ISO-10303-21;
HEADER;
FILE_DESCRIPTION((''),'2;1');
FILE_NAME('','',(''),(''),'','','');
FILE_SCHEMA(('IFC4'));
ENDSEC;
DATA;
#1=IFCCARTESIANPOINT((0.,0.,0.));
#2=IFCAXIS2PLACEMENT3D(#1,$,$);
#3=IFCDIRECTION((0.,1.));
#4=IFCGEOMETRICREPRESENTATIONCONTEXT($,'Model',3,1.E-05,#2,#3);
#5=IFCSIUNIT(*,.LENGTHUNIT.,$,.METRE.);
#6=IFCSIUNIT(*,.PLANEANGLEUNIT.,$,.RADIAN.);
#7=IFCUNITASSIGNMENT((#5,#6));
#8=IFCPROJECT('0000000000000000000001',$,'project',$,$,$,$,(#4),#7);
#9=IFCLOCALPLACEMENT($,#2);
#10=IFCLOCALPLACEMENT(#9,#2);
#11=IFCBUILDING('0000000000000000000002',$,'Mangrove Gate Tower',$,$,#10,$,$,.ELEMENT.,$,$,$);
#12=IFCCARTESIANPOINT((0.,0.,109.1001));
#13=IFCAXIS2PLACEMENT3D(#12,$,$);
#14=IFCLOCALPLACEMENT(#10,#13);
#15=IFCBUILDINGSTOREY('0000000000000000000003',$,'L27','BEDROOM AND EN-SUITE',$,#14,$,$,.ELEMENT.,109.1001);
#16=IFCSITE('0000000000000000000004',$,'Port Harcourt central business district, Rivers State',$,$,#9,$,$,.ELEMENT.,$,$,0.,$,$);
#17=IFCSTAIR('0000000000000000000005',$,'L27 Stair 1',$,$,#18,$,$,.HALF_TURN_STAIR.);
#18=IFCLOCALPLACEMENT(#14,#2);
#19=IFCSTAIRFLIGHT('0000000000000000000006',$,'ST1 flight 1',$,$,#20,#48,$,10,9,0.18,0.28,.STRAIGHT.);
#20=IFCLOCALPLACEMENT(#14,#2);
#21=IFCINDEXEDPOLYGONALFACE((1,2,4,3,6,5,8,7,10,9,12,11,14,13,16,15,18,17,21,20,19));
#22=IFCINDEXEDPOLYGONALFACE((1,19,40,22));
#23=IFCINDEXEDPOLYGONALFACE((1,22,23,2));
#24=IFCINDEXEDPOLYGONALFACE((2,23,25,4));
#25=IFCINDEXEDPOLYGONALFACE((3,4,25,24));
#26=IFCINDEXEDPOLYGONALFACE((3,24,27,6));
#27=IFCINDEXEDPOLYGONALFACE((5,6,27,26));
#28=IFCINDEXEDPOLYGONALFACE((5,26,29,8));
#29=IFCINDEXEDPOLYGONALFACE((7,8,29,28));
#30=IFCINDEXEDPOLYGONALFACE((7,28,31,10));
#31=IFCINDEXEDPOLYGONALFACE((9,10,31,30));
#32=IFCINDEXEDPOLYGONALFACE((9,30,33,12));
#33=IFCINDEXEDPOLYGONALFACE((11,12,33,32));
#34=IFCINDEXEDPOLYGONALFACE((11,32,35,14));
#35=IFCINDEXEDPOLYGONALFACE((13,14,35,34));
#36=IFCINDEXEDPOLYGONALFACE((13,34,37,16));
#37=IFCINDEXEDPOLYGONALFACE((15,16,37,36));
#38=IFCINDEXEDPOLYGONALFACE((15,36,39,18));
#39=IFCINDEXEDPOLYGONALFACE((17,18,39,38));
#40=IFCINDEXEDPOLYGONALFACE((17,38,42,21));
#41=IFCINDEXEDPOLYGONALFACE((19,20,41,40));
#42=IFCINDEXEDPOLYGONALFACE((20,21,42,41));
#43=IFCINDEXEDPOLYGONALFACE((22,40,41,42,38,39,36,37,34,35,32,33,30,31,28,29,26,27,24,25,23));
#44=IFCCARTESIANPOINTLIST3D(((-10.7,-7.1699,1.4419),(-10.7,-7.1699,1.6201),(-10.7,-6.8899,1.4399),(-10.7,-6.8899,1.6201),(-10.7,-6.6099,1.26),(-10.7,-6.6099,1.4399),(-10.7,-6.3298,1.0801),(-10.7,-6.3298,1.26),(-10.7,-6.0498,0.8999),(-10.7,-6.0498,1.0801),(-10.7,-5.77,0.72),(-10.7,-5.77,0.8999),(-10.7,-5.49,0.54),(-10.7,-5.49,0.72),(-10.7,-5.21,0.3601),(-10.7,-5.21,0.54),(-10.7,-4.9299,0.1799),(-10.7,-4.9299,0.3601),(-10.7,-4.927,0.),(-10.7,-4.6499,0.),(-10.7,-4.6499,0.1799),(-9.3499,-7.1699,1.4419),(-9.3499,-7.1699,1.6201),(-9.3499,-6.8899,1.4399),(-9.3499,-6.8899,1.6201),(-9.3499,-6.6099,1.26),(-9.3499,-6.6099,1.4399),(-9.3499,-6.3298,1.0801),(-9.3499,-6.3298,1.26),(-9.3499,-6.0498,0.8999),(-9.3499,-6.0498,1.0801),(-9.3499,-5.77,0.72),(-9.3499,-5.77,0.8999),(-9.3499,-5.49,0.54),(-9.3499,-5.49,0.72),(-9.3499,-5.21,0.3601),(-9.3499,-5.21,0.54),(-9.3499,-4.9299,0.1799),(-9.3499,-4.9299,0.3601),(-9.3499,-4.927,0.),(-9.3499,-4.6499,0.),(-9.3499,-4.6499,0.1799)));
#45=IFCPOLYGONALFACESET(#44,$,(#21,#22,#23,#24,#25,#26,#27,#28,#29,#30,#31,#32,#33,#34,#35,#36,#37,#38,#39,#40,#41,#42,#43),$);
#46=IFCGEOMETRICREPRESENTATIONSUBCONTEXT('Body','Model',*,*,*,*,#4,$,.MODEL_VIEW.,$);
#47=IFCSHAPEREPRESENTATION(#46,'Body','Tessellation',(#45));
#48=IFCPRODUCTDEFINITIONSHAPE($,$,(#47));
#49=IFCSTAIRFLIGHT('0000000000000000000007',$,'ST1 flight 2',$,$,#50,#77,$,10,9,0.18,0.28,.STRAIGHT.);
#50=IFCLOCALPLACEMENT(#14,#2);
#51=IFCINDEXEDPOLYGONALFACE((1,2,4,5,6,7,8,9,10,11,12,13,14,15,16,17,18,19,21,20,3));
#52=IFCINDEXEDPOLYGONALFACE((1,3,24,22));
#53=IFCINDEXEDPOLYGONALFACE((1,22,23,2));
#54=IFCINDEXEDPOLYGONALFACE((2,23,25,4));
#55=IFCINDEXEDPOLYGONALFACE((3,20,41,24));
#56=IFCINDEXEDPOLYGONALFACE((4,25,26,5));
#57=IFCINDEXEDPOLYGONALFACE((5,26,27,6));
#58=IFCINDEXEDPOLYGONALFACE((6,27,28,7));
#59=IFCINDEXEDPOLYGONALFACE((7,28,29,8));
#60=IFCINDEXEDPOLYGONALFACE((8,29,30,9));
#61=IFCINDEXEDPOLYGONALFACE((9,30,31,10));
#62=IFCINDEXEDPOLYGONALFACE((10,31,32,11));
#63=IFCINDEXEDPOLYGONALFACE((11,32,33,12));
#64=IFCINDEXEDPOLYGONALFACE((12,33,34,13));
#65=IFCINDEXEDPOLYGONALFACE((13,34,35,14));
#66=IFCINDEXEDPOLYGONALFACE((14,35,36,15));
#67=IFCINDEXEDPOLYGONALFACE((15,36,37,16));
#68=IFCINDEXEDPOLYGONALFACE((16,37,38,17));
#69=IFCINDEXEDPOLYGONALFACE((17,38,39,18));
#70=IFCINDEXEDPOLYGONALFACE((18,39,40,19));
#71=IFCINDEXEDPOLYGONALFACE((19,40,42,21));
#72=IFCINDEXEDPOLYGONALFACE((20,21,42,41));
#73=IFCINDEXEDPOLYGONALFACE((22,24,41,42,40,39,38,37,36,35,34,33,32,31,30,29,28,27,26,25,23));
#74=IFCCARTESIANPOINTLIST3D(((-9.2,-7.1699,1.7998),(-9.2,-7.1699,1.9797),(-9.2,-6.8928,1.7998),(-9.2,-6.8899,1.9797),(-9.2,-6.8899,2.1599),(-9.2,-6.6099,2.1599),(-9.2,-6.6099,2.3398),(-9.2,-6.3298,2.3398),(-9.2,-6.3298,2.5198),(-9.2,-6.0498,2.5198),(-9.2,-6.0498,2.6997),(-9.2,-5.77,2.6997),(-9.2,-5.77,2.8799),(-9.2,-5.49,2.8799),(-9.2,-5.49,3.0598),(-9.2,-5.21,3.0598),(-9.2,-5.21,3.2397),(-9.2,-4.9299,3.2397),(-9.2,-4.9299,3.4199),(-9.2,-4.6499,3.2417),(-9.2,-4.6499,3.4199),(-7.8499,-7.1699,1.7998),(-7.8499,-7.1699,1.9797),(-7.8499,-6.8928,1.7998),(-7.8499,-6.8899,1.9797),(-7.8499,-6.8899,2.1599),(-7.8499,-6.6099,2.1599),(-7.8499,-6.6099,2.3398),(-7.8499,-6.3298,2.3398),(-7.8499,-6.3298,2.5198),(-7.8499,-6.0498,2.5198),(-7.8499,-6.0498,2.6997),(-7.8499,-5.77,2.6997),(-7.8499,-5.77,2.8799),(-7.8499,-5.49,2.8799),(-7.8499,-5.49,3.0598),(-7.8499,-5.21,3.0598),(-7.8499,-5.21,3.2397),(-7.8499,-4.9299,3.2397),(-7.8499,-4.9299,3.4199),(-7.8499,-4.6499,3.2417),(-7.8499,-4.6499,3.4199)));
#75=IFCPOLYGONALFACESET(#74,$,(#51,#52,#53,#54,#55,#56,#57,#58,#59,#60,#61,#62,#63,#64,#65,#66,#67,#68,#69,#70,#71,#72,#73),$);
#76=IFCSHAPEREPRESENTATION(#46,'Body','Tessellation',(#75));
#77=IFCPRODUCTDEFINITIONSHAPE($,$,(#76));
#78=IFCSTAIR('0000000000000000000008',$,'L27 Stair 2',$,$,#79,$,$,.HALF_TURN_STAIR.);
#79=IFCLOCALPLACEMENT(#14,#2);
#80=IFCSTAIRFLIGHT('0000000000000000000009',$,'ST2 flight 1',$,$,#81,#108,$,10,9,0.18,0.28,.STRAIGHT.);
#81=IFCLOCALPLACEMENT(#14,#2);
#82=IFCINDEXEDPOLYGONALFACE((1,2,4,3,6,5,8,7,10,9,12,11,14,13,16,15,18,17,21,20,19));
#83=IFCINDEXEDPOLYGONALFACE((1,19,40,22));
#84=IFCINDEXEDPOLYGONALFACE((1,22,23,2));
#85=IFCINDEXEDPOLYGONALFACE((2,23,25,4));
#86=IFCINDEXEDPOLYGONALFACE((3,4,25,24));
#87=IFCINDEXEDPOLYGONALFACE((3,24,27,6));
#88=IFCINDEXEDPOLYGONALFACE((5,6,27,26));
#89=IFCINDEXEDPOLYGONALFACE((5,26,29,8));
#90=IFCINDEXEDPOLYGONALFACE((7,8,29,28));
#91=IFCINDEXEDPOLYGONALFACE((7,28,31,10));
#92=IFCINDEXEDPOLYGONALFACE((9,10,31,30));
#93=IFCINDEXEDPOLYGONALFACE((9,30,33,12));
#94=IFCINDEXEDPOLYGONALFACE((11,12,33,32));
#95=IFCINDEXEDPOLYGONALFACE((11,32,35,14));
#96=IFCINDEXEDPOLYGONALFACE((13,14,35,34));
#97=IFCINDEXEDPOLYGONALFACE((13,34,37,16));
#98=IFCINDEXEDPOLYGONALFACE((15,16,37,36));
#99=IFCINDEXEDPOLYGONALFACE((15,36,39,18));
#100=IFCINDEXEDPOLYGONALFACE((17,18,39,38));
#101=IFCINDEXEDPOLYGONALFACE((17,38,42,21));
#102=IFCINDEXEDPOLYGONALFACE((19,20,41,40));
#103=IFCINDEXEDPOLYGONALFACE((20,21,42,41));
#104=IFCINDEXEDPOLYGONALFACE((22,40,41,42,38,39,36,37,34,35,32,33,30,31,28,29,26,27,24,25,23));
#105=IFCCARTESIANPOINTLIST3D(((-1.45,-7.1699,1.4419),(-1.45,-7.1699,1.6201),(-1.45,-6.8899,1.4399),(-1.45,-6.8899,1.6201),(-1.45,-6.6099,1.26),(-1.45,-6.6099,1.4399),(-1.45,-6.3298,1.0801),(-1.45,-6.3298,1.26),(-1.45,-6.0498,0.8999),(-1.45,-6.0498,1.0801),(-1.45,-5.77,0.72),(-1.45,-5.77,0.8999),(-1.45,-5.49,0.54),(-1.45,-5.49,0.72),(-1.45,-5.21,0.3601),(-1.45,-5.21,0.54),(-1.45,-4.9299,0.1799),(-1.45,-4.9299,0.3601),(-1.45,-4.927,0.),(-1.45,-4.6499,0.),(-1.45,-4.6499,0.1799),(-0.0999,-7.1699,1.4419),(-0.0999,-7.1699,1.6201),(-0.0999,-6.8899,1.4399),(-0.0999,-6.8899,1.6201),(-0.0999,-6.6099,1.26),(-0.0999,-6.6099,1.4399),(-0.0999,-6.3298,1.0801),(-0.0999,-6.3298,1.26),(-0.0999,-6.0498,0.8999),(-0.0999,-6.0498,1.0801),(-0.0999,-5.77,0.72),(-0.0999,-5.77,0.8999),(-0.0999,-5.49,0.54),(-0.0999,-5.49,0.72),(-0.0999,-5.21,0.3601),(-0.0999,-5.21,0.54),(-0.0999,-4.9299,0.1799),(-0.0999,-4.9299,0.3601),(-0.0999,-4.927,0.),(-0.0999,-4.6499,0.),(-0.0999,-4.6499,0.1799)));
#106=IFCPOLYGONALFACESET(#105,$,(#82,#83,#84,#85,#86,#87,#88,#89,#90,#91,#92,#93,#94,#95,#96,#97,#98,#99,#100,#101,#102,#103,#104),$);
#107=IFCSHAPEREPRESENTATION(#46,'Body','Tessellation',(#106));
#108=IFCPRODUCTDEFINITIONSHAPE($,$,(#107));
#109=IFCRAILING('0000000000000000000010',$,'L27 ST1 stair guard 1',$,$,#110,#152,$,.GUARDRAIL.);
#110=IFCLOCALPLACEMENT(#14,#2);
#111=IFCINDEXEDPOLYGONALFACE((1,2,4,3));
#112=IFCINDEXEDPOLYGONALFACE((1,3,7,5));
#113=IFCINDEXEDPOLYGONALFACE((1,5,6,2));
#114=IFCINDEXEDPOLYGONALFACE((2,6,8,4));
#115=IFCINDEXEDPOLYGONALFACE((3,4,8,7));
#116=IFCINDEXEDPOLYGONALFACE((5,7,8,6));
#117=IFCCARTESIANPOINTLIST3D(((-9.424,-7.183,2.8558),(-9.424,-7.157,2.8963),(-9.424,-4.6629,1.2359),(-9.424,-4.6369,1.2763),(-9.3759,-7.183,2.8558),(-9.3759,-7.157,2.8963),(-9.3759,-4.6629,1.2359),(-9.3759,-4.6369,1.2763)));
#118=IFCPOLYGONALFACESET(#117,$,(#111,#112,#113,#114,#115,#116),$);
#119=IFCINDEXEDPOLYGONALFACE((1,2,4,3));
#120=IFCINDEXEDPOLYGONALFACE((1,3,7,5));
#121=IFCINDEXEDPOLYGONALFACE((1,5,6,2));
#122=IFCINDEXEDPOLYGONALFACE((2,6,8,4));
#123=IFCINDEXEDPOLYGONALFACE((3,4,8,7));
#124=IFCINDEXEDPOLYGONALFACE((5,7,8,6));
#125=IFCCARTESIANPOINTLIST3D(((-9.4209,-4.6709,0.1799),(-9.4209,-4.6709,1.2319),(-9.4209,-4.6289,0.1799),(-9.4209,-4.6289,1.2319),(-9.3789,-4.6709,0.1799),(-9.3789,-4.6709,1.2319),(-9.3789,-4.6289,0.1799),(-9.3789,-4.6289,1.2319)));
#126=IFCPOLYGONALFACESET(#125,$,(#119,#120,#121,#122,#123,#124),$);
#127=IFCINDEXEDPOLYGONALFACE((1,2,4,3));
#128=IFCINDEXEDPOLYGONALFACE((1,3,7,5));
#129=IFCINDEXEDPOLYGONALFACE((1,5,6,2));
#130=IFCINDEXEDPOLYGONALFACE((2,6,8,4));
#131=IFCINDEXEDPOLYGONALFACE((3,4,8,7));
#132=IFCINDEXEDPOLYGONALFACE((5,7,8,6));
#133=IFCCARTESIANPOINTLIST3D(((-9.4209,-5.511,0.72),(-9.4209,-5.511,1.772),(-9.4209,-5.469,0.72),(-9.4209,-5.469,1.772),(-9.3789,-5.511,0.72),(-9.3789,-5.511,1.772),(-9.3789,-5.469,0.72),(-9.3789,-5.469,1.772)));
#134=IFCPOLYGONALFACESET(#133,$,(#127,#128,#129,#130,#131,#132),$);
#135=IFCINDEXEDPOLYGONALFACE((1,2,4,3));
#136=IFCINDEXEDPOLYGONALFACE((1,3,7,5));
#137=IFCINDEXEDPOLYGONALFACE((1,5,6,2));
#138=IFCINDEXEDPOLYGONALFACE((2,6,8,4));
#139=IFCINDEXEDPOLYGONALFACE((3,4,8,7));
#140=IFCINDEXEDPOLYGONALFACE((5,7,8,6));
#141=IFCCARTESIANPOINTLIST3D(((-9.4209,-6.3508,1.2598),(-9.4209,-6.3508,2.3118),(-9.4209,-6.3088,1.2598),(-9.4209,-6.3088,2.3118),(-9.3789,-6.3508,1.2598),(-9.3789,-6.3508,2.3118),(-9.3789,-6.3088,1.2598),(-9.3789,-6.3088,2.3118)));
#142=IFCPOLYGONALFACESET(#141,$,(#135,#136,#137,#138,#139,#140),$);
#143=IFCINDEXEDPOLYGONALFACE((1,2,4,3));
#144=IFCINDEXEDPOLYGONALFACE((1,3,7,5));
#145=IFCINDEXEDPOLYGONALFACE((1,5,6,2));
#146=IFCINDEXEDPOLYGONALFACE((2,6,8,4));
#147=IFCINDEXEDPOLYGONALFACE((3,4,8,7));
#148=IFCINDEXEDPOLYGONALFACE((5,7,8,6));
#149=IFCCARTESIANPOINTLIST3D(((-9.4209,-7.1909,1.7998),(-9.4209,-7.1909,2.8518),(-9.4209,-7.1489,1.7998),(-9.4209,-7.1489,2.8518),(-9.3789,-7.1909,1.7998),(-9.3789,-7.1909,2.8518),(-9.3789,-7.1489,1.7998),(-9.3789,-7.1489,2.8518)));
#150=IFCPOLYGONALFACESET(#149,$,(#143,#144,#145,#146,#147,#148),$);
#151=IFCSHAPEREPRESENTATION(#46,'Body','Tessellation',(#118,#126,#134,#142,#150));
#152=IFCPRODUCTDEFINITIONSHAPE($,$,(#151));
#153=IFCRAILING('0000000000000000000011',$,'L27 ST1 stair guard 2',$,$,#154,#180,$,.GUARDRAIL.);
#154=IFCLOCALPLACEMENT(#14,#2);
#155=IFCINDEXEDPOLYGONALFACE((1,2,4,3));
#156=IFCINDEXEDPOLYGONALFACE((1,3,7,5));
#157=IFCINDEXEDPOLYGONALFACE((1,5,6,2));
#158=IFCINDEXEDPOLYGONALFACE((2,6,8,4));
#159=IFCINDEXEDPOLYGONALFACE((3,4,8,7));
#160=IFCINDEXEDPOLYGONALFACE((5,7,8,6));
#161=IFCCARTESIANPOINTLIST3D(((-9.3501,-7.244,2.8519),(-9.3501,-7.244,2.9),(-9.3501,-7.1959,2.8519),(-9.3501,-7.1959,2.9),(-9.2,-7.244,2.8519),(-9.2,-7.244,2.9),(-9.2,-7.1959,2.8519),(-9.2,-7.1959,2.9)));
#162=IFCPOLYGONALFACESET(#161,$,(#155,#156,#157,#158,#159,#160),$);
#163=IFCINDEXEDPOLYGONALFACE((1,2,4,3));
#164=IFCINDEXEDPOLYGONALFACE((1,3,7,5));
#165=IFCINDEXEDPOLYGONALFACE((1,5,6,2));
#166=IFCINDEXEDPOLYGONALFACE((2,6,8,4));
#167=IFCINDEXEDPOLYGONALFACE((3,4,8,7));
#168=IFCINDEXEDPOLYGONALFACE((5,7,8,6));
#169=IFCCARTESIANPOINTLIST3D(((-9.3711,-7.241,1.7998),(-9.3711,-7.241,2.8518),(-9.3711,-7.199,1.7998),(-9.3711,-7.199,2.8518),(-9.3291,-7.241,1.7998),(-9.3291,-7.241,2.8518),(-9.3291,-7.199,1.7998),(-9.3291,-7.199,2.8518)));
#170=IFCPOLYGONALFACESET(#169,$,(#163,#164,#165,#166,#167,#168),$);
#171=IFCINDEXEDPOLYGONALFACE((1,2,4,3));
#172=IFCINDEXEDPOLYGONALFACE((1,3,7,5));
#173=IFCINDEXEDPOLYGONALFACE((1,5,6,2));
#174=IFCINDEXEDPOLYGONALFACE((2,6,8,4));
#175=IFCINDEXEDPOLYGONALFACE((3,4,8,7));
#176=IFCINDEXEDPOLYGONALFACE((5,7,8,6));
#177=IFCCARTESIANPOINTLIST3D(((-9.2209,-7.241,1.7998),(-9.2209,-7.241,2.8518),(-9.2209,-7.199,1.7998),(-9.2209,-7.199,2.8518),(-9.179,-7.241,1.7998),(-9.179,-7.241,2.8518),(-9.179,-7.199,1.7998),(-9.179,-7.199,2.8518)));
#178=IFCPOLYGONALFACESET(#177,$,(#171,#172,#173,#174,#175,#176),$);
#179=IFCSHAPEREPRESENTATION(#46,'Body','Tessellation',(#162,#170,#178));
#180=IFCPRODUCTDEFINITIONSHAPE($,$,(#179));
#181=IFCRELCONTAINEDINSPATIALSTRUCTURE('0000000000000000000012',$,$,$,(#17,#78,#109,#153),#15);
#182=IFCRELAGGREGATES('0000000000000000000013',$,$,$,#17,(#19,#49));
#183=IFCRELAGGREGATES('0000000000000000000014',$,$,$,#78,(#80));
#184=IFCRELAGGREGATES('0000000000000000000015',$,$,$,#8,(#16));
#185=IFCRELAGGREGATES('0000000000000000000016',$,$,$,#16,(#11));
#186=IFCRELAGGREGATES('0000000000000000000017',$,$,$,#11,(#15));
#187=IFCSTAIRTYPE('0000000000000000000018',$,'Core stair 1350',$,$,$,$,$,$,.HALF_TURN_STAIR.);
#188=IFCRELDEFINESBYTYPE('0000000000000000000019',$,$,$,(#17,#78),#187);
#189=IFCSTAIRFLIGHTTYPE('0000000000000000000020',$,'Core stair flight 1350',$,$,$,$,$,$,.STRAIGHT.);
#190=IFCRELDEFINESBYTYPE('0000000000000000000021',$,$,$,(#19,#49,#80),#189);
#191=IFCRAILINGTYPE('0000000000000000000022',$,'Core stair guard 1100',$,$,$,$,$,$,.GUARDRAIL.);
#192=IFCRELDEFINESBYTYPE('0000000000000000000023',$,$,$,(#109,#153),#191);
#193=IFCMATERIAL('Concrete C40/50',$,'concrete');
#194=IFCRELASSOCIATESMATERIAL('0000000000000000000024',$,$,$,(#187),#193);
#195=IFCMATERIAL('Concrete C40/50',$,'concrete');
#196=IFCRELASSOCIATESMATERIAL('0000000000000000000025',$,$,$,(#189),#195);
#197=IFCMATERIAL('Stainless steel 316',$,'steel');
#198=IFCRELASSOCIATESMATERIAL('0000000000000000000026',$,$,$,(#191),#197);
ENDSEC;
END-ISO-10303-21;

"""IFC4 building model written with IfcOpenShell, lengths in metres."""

from ifc_helpers import new_model, si_unit, direction, frame, origin, origin_2d, place, context, subcontext, project, spatial, polyline, rectangle, outline, extrude, material, type_object, element, aggregate, save


model = new_model("IFC4")

# Units and contexts
model_context = context("Model", 3, precision=1e-05, world=origin(), true_north=direction((0.0, 1.0)))
body_context = subcontext(model_context, "Body", "Model", "MODEL_VIEW")
ifc_project = project(units=[si_unit("LENGTHUNIT", "METRE"), si_unit("PLANEANGLEUNIT", "RADIAN")], contexts=[model_context])

# Site, building, storey
site_placement = place(None, origin())
site = spatial("IfcSite", under=ifc_project, at=site_placement, Name="Port Harcourt central business district, Rivers State", CompositionType="ELEMENT", RefElevation=0.0)
building_placement = place(site_placement, origin())
building = spatial("IfcBuilding", under=site, at=building_placement, Name="Mangrove Gate Tower", CompositionType="ELEMENT")
storey_placement = place(building_placement, frame((0.0, 0.0, 109.1001)))
storey = spatial("IfcBuildingStorey", under=building, at=storey_placement, Name="L27", Description="BEDROOM AND EN-SUITE", CompositionType="ELEMENT", Elevation=109.1001)

# Stair, stair flights
ifc_material_1 = material(Name="Concrete C40/50", Category="concrete")
stair_type = type_object("IfcStairType", Name="Core stair 1350", PredefinedType="HALF_TURN_STAIR", material=ifc_material_1)
stair_1_placement = place(storey_placement, origin())
stair_1 = element("IfcStair", 1, at=stair_1_placement, inside=storey, type_object=stair_type, Name="L27 Stair 1", PredefinedType="HALF_TURN_STAIR")
ifc_material_2 = material(Name="Concrete C40/50", Category="concrete")
stair_flight_type = type_object("IfcStairFlightType", Name="Core stair flight 1350", PredefinedType="STRAIGHT", material=ifc_material_2)
stair_flight_1_placement = place(storey_placement, frame((-10.0249, -4.6499, 0.0), z_axis=(0.0, 0.0, 1.0), x_axis=(0.0, -1.0, 0.0)))
stair_flight_1 = element("IfcStairFlight", 2, at=stair_flight_1_placement, type_object=stair_flight_type, Name="ST1 flight 1", NumberOfRisers=10, NumberOfTreads=9, PredefinedType="STRAIGHT", RiserHeight=0.18, TreadLength=0.28, context=body_context, shape_type="SweptSolid", body=[
    extrude(outline(polyline([(0.0, 0.0), (0.0, 0.1799), (0.28, 0.1799), (0.28, 0.3601), (0.5601, 0.3601), (0.5601, 0.54), (0.8401, 0.54), (0.8401, 0.72), (1.1201, 0.72), (1.1201, 0.8999), (1.3999, 0.8999), (1.3999, 1.0801), (1.6799, 1.0801), (1.6799, 1.26), (1.96, 1.26), (1.96, 1.4399), (2.24, 1.4399), (2.24, 1.6201), (2.52, 1.6201), (2.52, 1.8), (2.52, 1.4419), (0.2771, 0.0), (0.0, 0.0)])), frame((0.0, 0.675, 0.0), z_axis=(0.0, -1.0, 0.0), x_axis=(1.0, 0.0, 0.0)), (0.0, 0.0, 1.0), 1.3501),
])
stair_flight_2_placement = place(storey_placement, frame((-8.5249, -7.1699, 1.7998), z_axis=(0.0, 0.0, 1.0), x_axis=(0.0, 1.0, 0.0)))
stair_flight_2 = element("IfcStairFlight", 3, at=stair_flight_2_placement, type_object=stair_flight_type, Name="ST1 flight 2", NumberOfRisers=10, NumberOfTreads=9, PredefinedType="STRAIGHT", RiserHeight=0.18, TreadLength=0.28, context=body_context, shape_type="SweptSolid", body=[
    extrude(outline(polyline([(0.0, 0.0), (0.0, 0.1799), (0.28, 0.1799), (0.28, 0.3601), (0.5601, 0.3601), (0.5601, 0.54), (0.8401, 0.54), (0.8401, 0.72), (1.1201, 0.72), (1.1201, 0.8999), (1.3999, 0.8999), (1.3999, 1.0801), (1.6799, 1.0801), (1.6799, 1.26), (1.96, 1.26), (1.96, 1.4399), (2.24, 1.4399), (2.24, 1.6201), (2.52, 1.6201), (2.52, 1.8), (2.52, 1.4419), (0.2771, 0.0), (0.0, 0.0)])), frame((0.0, 0.675, 0.0), z_axis=(0.0, -1.0, 0.0), x_axis=(1.0, 0.0, 0.0)), (0.0, 0.0, 1.0), 1.3501),
])
aggregate(stair_1, [stair_flight_1, stair_flight_2])

# Stair, stair flight
stair_2_placement = place(storey_placement, origin())
stair_2 = element("IfcStair", 4, at=stair_2_placement, inside=storey, type_object=stair_type, Name="L27 Stair 2", PredefinedType="HALF_TURN_STAIR")
stair_flight_3_placement = place(storey_placement, frame((-0.7749, -4.6499, 0.0), z_axis=(0.0, 0.0, 1.0), x_axis=(0.0, -1.0, 0.0)))
stair_flight_3 = element("IfcStairFlight", 5, at=stair_flight_3_placement, type_object=stair_flight_type, Name="ST2 flight 1", NumberOfRisers=10, NumberOfTreads=9, PredefinedType="STRAIGHT", RiserHeight=0.18, TreadLength=0.28, context=body_context, shape_type="SweptSolid", body=[
    extrude(outline(polyline([(0.0, 0.0), (0.0, 0.1799), (0.28, 0.1799), (0.28, 0.3601), (0.5601, 0.3601), (0.5601, 0.54), (0.8401, 0.54), (0.8401, 0.72), (1.1201, 0.72), (1.1201, 0.8999), (1.3999, 0.8999), (1.3999, 1.0801), (1.6799, 1.0801), (1.6799, 1.26), (1.96, 1.26), (1.96, 1.4399), (2.24, 1.4399), (2.24, 1.6201), (2.52, 1.6201), (2.52, 1.8), (2.52, 1.4419), (0.2771, 0.0), (0.0, 0.0)])), frame((0.0, 0.675, 0.0), z_axis=(0.0, -1.0, 0.0), x_axis=(1.0, 0.0, 0.0)), (0.0, 0.0, 1.0), 1.3501),
])
aggregate(stair_2, [stair_flight_3])

# Railings
ifc_material_3 = material(Name="Stainless steel 316", Category="steel")
railing_type_1 = type_object("IfcRailingType", Name="Core stair guard 1100", PredefinedType="GUARDRAIL", material=ifc_material_3)
railing_1_placement = place(storey_placement, frame((-9.3999, -4.6499, 0.1799)))
element("IfcRailing", 6, at=railing_1_placement, inside=storey, type_object=railing_type_1, Name="L27 ST1 stair guard 1", PredefinedType="GUARDRAIL", context=body_context, shape_type="SweptSolid", body=[
    extrude(rectangle(XDim=0.0481, YDim=0.0481, at=origin_2d()), frame((0.0, 0.0, 1.0762), z_axis=(0.0, -0.8412, 0.540725), x_axis=(1.0, 0.0, 0.0)), (0.0, 0.0, 1.0), 2.9958),
    extrude(rectangle(XDim=0.042, YDim=0.042, at=origin_2d()), origin(), (0.0, 0.0, 1.0), 1.052),
    extrude(rectangle(XDim=0.042, YDim=0.042, at=origin_2d()), frame((0.0, -0.8401, 0.54)), (0.0, 0.0, 1.0), 1.052),
    extrude(rectangle(XDim=0.042, YDim=0.042, at=origin_2d()), frame((0.0, -1.6799, 1.0798)), (0.0, 0.0, 1.0), 1.052),
    extrude(rectangle(XDim=0.042, YDim=0.042, at=origin_2d()), frame((0.0, -2.52, 1.6199)), (0.0, 0.0, 1.0), 1.052),
])
railing_2_placement = place(storey_placement, frame((-9.3501, -7.22, 1.7998)))
element("IfcRailing", 7, at=railing_2_placement, inside=storey, type_object=railing_type_1, Name="L27 ST1 stair guard 2", PredefinedType="GUARDRAIL", context=body_context, shape_type="SweptSolid", body=[
    extrude(rectangle(XDim=0.0481, YDim=0.0481, at=origin_2d()), frame((0.0, 0.0, 1.0762), z_axis=(1.0, 0.0, 0.0), x_axis=(0.0, 1.0, 0.0)), (0.0, 0.0, 1.0), 0.1501),
    extrude(rectangle(XDim=0.042, YDim=0.042, at=origin_2d()), origin(), (0.0, 0.0, 1.0), 1.052),
    extrude(rectangle(XDim=0.042, YDim=0.042, at=origin_2d()), frame((0.1501, 0.0, 0.0)), (0.0, 0.0, 1.0), 1.052),
])

save(model, "model.ifc")
